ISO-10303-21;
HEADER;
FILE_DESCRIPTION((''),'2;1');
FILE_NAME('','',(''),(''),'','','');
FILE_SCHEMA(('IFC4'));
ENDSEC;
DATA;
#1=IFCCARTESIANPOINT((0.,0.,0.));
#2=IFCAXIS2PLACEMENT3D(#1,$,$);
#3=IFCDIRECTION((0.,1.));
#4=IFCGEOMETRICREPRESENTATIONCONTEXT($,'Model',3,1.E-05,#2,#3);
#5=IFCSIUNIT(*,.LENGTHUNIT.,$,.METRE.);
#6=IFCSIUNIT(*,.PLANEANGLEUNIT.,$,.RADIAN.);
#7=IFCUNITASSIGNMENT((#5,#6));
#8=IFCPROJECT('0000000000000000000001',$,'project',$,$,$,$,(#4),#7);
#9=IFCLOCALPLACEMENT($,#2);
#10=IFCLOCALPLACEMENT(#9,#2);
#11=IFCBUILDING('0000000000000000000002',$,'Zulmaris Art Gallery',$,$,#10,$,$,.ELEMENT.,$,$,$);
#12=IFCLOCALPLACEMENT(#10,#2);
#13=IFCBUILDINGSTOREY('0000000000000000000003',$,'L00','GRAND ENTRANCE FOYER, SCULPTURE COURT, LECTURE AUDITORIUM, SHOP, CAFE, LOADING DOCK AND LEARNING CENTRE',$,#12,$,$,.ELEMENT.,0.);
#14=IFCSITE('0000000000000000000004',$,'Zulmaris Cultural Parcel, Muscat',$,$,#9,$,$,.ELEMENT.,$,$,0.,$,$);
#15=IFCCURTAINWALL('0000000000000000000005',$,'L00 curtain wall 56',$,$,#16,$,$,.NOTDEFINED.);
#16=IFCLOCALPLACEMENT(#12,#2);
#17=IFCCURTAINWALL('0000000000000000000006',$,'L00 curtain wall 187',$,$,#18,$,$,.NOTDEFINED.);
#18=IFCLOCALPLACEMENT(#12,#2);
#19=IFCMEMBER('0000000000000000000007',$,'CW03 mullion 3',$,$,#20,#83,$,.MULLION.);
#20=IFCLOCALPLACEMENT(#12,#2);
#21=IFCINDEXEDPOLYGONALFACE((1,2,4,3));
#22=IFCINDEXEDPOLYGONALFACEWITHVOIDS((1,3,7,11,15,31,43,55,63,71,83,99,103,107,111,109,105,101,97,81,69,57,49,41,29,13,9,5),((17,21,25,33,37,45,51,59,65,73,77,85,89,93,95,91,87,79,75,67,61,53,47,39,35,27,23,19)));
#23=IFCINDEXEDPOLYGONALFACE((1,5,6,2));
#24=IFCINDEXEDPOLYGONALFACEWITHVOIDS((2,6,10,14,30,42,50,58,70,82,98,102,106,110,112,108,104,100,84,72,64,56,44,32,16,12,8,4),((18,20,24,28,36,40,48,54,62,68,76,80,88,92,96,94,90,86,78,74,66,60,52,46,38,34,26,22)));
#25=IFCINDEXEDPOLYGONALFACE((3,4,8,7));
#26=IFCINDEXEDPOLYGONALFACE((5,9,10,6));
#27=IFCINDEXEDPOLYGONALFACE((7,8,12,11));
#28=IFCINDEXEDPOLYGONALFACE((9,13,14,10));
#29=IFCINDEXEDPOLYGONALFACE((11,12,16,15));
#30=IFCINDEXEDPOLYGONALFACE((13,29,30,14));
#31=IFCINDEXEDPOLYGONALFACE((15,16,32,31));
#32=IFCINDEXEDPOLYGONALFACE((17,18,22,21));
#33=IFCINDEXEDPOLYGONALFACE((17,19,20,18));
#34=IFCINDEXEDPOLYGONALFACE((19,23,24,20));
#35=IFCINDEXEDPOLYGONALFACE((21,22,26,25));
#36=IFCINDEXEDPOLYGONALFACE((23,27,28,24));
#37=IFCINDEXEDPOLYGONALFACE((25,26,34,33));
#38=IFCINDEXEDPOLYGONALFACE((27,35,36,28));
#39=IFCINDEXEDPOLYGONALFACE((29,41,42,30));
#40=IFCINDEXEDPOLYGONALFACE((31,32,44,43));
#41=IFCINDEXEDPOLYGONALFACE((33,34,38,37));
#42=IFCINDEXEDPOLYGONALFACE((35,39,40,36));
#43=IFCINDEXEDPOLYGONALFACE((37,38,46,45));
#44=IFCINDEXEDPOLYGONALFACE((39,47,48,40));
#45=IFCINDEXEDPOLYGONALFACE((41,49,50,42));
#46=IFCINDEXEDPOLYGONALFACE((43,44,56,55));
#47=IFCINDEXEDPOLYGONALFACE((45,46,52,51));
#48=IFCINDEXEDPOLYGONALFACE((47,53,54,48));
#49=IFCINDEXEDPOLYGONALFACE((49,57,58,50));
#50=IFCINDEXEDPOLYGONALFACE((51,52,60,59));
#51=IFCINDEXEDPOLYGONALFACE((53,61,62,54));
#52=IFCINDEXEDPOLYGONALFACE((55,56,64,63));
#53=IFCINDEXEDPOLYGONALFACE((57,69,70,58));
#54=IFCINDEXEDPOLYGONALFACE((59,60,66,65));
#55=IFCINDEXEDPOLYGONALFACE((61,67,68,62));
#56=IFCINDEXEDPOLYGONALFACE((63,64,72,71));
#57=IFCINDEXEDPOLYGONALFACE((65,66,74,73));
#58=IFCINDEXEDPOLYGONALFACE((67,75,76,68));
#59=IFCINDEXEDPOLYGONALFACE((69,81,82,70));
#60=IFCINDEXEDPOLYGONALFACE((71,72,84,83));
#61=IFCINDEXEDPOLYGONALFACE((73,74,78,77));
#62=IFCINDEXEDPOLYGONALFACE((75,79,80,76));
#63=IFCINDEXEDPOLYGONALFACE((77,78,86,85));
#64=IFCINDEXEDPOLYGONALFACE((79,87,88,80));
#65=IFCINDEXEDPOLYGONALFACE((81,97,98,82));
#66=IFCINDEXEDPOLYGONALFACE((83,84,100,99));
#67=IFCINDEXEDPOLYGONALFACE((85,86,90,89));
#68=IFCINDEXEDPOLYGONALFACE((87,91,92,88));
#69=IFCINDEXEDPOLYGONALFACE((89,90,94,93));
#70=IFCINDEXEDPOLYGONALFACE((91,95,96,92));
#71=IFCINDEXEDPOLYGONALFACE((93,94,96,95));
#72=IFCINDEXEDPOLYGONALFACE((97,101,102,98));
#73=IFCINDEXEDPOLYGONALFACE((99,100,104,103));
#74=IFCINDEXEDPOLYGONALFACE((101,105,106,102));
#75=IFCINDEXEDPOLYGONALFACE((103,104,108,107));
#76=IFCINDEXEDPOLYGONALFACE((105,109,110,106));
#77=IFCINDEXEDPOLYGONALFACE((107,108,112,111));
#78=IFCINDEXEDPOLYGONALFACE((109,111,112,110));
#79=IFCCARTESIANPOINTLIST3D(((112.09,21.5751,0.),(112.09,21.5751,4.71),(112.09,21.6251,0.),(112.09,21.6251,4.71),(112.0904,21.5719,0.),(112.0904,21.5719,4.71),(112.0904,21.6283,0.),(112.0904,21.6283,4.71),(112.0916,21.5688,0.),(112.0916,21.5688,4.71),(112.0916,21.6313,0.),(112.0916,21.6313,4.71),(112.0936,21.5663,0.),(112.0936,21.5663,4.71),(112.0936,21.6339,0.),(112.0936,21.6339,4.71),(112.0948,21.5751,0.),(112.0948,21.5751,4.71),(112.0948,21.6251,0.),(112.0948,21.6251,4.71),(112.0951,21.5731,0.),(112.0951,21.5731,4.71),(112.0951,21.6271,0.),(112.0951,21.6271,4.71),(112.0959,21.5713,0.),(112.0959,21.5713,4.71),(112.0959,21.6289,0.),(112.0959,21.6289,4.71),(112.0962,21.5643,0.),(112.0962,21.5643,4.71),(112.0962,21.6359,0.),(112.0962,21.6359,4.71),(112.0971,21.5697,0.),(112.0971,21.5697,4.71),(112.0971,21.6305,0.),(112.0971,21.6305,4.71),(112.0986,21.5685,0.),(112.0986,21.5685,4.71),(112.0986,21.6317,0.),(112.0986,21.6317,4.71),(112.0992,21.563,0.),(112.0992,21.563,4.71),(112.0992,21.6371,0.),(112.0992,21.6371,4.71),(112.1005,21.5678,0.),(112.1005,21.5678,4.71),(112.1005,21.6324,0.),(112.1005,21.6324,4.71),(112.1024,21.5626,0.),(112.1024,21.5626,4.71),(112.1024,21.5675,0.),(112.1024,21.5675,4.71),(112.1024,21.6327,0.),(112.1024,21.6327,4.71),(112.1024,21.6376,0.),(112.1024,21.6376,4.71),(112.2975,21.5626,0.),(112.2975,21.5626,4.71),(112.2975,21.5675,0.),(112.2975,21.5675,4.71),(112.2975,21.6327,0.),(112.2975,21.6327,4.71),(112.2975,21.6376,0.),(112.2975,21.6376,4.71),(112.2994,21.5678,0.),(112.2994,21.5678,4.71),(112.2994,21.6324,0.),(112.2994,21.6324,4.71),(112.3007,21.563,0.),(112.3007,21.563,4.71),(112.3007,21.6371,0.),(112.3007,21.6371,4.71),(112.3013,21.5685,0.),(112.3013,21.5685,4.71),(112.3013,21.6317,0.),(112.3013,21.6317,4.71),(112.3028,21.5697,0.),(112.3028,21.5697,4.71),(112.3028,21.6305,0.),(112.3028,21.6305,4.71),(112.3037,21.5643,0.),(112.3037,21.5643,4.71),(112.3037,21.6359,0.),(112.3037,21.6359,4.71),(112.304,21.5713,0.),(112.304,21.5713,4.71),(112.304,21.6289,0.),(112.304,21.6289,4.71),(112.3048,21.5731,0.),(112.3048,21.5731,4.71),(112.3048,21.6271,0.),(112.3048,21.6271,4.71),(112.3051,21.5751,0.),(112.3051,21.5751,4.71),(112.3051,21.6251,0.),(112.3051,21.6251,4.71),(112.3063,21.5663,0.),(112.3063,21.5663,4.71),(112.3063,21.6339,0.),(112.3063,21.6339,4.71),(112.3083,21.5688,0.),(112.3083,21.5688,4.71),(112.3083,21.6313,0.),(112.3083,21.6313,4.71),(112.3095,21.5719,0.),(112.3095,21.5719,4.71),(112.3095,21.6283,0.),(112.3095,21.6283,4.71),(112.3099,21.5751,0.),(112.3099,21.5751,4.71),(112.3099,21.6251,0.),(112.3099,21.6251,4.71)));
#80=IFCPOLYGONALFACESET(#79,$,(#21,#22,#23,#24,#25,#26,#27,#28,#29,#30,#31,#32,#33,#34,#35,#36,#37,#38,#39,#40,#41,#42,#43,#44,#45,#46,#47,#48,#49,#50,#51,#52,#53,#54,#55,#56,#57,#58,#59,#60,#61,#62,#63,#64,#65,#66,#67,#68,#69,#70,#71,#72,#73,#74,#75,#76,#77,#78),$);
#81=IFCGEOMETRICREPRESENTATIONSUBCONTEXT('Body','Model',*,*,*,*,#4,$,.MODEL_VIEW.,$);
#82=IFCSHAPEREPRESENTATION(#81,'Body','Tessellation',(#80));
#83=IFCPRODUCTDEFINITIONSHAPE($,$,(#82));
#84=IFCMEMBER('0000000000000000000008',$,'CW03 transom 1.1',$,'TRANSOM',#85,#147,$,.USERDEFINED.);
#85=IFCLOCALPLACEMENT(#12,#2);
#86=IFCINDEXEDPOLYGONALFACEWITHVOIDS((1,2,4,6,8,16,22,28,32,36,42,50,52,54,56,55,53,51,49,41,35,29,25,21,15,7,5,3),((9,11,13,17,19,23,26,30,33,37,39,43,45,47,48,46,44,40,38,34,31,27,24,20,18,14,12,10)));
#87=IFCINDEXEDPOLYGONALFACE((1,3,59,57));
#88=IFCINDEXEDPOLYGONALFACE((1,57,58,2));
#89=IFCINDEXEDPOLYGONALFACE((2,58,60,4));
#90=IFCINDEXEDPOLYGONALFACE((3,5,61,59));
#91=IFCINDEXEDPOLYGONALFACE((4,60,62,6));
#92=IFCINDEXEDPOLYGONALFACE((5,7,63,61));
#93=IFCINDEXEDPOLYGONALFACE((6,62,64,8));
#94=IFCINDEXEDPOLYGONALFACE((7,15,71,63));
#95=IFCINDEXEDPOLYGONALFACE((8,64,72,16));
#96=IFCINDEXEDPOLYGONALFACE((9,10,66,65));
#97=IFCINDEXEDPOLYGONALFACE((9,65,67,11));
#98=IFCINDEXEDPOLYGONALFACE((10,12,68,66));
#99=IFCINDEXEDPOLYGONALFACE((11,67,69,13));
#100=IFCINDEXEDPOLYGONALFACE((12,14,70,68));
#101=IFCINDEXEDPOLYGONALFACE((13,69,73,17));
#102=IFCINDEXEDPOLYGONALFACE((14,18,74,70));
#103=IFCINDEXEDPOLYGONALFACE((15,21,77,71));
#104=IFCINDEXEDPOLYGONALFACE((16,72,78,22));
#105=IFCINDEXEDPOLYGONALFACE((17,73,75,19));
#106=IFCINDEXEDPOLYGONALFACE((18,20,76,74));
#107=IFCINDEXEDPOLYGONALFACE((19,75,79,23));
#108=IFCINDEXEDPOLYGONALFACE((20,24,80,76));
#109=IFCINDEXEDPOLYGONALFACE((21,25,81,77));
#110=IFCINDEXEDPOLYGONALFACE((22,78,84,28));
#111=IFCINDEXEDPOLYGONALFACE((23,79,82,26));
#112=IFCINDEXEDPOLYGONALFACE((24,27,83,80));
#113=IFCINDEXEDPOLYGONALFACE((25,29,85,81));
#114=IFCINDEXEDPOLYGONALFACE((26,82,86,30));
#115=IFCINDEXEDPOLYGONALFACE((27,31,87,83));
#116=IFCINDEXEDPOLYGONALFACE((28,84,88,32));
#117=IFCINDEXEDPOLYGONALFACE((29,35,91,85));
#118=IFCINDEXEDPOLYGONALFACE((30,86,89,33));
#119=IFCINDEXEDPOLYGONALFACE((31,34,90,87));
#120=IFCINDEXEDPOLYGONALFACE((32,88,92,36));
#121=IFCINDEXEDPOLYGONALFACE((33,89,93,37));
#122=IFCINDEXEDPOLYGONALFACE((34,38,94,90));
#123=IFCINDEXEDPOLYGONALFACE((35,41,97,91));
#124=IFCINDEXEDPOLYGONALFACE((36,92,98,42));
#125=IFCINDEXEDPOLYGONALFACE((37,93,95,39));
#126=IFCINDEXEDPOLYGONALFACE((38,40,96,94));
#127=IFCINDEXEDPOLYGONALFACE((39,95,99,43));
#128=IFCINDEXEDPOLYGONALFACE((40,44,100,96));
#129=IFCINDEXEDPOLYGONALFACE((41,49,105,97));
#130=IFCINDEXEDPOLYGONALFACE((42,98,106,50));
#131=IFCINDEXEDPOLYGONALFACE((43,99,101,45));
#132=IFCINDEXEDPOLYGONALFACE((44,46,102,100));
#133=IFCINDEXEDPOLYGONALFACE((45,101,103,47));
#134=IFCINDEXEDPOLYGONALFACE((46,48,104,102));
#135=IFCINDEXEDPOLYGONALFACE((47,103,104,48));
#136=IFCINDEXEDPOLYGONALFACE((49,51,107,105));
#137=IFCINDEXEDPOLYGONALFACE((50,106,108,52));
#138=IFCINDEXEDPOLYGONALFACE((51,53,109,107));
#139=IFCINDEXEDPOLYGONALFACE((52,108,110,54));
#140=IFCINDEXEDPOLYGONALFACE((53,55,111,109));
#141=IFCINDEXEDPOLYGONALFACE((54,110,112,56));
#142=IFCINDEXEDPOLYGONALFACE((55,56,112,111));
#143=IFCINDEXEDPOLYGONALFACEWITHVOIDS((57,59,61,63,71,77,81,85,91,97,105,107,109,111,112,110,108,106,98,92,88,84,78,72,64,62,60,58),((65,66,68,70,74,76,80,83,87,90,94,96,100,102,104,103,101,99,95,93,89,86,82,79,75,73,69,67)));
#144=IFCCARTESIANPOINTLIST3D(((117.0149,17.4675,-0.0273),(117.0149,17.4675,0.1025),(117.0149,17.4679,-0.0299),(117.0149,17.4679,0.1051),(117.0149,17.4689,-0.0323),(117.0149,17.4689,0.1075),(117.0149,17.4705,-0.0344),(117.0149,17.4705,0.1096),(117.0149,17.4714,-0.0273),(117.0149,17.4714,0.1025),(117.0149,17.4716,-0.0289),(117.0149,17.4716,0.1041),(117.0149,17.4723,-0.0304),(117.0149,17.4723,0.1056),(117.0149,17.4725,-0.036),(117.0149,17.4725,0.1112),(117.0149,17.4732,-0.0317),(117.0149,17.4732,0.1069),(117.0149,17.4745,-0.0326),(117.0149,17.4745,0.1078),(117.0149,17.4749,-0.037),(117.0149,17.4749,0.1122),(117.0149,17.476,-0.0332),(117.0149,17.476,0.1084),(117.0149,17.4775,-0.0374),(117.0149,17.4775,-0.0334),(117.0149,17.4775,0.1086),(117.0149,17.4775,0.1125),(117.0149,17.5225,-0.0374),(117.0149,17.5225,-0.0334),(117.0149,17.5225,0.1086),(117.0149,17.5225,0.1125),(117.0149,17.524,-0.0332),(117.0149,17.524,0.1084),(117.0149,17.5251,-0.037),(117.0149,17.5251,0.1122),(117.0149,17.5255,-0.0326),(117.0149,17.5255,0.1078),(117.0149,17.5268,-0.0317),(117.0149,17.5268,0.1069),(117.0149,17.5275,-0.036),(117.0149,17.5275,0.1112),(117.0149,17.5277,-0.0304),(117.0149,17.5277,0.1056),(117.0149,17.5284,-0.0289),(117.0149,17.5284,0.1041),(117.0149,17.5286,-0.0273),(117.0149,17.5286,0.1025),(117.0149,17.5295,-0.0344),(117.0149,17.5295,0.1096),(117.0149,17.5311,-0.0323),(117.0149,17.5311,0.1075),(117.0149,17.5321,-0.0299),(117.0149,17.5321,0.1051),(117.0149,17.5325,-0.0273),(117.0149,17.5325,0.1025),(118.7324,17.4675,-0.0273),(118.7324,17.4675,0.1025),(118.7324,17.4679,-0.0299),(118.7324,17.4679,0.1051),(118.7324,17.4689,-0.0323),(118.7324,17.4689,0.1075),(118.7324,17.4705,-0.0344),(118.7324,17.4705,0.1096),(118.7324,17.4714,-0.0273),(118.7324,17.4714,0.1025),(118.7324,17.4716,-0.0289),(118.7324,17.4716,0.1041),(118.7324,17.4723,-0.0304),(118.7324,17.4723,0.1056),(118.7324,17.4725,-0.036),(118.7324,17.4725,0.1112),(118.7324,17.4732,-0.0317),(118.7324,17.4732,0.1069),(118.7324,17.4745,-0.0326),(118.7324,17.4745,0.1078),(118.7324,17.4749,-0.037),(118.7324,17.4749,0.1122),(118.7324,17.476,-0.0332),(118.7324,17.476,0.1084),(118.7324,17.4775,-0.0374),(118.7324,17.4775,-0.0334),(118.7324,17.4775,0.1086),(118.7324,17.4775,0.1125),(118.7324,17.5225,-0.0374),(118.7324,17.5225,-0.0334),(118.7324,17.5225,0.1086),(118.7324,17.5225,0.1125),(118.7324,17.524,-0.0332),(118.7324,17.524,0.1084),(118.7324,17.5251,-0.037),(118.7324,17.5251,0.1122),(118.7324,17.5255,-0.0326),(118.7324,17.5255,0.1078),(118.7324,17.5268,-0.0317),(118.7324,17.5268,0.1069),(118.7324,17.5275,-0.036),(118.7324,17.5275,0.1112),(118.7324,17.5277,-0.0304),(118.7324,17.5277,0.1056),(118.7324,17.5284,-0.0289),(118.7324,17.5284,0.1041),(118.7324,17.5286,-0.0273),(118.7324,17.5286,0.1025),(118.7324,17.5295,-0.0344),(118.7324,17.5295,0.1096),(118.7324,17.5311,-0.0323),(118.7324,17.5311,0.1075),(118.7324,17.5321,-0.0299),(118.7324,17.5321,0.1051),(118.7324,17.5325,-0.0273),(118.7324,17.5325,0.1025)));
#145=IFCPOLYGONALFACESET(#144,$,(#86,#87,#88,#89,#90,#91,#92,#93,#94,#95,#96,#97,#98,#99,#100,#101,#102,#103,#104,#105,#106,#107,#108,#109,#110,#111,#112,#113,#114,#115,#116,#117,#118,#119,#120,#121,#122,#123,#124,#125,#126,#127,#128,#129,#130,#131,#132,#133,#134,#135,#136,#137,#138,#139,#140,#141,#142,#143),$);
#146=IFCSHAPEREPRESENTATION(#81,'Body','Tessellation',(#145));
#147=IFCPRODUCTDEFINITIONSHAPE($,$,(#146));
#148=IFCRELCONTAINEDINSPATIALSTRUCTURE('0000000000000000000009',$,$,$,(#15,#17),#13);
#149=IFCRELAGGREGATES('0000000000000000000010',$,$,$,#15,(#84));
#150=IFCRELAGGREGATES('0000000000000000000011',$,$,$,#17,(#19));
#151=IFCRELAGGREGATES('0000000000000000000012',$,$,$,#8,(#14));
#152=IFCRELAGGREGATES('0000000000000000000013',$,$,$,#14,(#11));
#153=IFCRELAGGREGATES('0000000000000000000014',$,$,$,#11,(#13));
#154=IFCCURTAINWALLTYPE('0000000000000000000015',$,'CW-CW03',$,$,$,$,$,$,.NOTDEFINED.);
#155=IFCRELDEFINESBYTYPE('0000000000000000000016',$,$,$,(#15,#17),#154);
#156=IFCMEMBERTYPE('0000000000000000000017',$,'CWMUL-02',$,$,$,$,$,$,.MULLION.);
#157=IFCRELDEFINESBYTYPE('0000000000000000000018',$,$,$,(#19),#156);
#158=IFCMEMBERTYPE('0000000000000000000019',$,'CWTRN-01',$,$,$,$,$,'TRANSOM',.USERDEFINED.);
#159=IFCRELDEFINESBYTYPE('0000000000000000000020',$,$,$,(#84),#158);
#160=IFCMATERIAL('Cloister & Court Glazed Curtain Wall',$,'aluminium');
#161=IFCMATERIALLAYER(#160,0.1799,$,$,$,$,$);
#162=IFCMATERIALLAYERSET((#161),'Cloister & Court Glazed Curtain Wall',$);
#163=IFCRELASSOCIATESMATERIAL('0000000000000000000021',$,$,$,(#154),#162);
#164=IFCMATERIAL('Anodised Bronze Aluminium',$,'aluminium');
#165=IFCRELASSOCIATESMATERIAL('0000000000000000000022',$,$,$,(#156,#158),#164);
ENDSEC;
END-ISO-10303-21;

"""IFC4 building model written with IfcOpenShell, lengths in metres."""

from ifc_helpers import new_model, si_unit, direction, frame, origin, origin_2d, place, context, subcontext, project, spatial, hollow_rectangle, extrude, material, layer, layer_set, material_profile, profile_set, type_object, element, aggregate, save


model = new_model("IFC4")

# Units and contexts
model_context = context("Model", 3, precision=1e-05, world=origin(), true_north=direction((0.0, 1.0)))
body_context = subcontext(model_context, "Body", "Model", "MODEL_VIEW")
ifc_project = project(units=[si_unit("LENGTHUNIT", "METRE"), si_unit("PLANEANGLEUNIT", "RADIAN")], contexts=[model_context])

# Site, building, storey
site_placement = place(None, origin())
site = spatial("IfcSite", under=ifc_project, at=site_placement, Name="Zulmaris Cultural Parcel, Muscat", CompositionType="ELEMENT", RefElevation=0.0)
building_placement = place(site_placement, origin())
building = spatial("IfcBuilding", under=site, at=building_placement, Name="Zulmaris Art Gallery", CompositionType="ELEMENT")
storey_placement = place(building_placement, origin())
storey = spatial("IfcBuildingStorey", under=building, at=storey_placement, Name="L00", Description="GRAND ENTRANCE FOYER, SCULPTURE COURT, LECTURE AUDITORIUM, SHOP, CAFE, LOADING DOCK AND LEARNING CENTRE", CompositionType="ELEMENT", Elevation=0.0)

# Curtain wall
ifc_material_1 = material(Name="Cloister & Court Glazed Curtain Wall", Category="aluminium")
ifc_layer_1 = layer(ifc_material_1, 0.1799)
ifc_layer_set_1 = layer_set([ifc_layer_1], Name="Cloister & Court Glazed Curtain Wall")
curtain_wall_type = type_object("IfcCurtainWallType", Name="CW-CW03", PredefinedType="NOTDEFINED", material=ifc_layer_set_1)
curtain_wall_1_placement = place(storey_placement, origin())
curtain_wall_1 = element("IfcCurtainWall", 1, at=curtain_wall_1_placement, inside=storey, type_object=curtain_wall_type, Name="L00 curtain wall 56", PredefinedType="NOTDEFINED")
ifc_material_2 = material(Name="Anodised Bronze Aluminium", Category="aluminium")
ifc_material_profile_1 = material_profile(ifc_material_2, hollow_rectangle(XDim=0.075, YDim=0.22, WallThickness=0.0049, InnerFilletRadius=0.0076, OuterFilletRadius=0.0125, at=origin_2d()), Name="ALU 75x220x5")
ifc_profile_set_1 = profile_set([ifc_material_profile_1], Name="Anodised Bronze Aluminium")
member_type_1 = type_object("IfcMemberType", Name="CWMUL-02", PredefinedType="MULLION", material=ifc_profile_set_1)

# Curtain wall, member
curtain_wall_2_placement = place(storey_placement, origin())
curtain_wall_2 = element("IfcCurtainWall", 2, at=curtain_wall_2_placement, inside=storey, type_object=curtain_wall_type, Name="L00 curtain wall 187", PredefinedType="NOTDEFINED")
member_1_placement = place(storey_placement, frame((112.2, 21.6001, 0.0), z_axis=(0.0, 0.0, 1.0), x_axis=(0.0, 1.0, 0.0)))
member_1 = element("IfcMember", 3, at=member_1_placement, type_object=member_type_1, Name="CW03 mullion 3", PredefinedType="MULLION", context=body_context, shape_type="SweptSolid", body=[
    extrude(hollow_rectangle(XDim=0.075, YDim=0.22, WallThickness=0.0049, InnerFilletRadius=0.0076, OuterFilletRadius=0.0125, at=origin_2d()), origin(), (0.0, 0.0, 1.0), 4.71),
])

# Member
ifc_material_profile_2 = material_profile(ifc_material_2, hollow_rectangle(XDim=0.0649, YDim=0.1499, WallThickness=0.0039, InnerFilletRadius=0.0061, OuterFilletRadius=0.01, at=origin_2d()), Name="ALU 65x150x4")
ifc_profile_set_2 = profile_set([ifc_material_profile_2], Name="Anodised Bronze Aluminium")
member_type_2 = type_object("IfcMemberType", Name="CWTRN-01", ElementType="TRANSOM", PredefinedType="USERDEFINED", material=ifc_profile_set_2)
member_2_placement = place(storey_placement, frame((117.0149, 17.5, 0.0376), z_axis=(1.0, 0.0, 0.0), x_axis=(0.0, 1.0, 0.0)))
member_2 = element("IfcMember", 4, at=member_2_placement, type_object=member_type_2, Name="CW03 transom 1.1", ObjectType="TRANSOM", PredefinedType="USERDEFINED", context=body_context, shape_type="SweptSolid", body=[
    extrude(hollow_rectangle(XDim=0.0649, YDim=0.1499, WallThickness=0.0039, InnerFilletRadius=0.0061, OuterFilletRadius=0.01, at=origin_2d()), origin(), (0.0, 0.0, 1.0), 1.7175),
])
aggregate(curtain_wall_1, [member_2])

aggregate(curtain_wall_2, [member_1])

save(model, "model.ifc")
